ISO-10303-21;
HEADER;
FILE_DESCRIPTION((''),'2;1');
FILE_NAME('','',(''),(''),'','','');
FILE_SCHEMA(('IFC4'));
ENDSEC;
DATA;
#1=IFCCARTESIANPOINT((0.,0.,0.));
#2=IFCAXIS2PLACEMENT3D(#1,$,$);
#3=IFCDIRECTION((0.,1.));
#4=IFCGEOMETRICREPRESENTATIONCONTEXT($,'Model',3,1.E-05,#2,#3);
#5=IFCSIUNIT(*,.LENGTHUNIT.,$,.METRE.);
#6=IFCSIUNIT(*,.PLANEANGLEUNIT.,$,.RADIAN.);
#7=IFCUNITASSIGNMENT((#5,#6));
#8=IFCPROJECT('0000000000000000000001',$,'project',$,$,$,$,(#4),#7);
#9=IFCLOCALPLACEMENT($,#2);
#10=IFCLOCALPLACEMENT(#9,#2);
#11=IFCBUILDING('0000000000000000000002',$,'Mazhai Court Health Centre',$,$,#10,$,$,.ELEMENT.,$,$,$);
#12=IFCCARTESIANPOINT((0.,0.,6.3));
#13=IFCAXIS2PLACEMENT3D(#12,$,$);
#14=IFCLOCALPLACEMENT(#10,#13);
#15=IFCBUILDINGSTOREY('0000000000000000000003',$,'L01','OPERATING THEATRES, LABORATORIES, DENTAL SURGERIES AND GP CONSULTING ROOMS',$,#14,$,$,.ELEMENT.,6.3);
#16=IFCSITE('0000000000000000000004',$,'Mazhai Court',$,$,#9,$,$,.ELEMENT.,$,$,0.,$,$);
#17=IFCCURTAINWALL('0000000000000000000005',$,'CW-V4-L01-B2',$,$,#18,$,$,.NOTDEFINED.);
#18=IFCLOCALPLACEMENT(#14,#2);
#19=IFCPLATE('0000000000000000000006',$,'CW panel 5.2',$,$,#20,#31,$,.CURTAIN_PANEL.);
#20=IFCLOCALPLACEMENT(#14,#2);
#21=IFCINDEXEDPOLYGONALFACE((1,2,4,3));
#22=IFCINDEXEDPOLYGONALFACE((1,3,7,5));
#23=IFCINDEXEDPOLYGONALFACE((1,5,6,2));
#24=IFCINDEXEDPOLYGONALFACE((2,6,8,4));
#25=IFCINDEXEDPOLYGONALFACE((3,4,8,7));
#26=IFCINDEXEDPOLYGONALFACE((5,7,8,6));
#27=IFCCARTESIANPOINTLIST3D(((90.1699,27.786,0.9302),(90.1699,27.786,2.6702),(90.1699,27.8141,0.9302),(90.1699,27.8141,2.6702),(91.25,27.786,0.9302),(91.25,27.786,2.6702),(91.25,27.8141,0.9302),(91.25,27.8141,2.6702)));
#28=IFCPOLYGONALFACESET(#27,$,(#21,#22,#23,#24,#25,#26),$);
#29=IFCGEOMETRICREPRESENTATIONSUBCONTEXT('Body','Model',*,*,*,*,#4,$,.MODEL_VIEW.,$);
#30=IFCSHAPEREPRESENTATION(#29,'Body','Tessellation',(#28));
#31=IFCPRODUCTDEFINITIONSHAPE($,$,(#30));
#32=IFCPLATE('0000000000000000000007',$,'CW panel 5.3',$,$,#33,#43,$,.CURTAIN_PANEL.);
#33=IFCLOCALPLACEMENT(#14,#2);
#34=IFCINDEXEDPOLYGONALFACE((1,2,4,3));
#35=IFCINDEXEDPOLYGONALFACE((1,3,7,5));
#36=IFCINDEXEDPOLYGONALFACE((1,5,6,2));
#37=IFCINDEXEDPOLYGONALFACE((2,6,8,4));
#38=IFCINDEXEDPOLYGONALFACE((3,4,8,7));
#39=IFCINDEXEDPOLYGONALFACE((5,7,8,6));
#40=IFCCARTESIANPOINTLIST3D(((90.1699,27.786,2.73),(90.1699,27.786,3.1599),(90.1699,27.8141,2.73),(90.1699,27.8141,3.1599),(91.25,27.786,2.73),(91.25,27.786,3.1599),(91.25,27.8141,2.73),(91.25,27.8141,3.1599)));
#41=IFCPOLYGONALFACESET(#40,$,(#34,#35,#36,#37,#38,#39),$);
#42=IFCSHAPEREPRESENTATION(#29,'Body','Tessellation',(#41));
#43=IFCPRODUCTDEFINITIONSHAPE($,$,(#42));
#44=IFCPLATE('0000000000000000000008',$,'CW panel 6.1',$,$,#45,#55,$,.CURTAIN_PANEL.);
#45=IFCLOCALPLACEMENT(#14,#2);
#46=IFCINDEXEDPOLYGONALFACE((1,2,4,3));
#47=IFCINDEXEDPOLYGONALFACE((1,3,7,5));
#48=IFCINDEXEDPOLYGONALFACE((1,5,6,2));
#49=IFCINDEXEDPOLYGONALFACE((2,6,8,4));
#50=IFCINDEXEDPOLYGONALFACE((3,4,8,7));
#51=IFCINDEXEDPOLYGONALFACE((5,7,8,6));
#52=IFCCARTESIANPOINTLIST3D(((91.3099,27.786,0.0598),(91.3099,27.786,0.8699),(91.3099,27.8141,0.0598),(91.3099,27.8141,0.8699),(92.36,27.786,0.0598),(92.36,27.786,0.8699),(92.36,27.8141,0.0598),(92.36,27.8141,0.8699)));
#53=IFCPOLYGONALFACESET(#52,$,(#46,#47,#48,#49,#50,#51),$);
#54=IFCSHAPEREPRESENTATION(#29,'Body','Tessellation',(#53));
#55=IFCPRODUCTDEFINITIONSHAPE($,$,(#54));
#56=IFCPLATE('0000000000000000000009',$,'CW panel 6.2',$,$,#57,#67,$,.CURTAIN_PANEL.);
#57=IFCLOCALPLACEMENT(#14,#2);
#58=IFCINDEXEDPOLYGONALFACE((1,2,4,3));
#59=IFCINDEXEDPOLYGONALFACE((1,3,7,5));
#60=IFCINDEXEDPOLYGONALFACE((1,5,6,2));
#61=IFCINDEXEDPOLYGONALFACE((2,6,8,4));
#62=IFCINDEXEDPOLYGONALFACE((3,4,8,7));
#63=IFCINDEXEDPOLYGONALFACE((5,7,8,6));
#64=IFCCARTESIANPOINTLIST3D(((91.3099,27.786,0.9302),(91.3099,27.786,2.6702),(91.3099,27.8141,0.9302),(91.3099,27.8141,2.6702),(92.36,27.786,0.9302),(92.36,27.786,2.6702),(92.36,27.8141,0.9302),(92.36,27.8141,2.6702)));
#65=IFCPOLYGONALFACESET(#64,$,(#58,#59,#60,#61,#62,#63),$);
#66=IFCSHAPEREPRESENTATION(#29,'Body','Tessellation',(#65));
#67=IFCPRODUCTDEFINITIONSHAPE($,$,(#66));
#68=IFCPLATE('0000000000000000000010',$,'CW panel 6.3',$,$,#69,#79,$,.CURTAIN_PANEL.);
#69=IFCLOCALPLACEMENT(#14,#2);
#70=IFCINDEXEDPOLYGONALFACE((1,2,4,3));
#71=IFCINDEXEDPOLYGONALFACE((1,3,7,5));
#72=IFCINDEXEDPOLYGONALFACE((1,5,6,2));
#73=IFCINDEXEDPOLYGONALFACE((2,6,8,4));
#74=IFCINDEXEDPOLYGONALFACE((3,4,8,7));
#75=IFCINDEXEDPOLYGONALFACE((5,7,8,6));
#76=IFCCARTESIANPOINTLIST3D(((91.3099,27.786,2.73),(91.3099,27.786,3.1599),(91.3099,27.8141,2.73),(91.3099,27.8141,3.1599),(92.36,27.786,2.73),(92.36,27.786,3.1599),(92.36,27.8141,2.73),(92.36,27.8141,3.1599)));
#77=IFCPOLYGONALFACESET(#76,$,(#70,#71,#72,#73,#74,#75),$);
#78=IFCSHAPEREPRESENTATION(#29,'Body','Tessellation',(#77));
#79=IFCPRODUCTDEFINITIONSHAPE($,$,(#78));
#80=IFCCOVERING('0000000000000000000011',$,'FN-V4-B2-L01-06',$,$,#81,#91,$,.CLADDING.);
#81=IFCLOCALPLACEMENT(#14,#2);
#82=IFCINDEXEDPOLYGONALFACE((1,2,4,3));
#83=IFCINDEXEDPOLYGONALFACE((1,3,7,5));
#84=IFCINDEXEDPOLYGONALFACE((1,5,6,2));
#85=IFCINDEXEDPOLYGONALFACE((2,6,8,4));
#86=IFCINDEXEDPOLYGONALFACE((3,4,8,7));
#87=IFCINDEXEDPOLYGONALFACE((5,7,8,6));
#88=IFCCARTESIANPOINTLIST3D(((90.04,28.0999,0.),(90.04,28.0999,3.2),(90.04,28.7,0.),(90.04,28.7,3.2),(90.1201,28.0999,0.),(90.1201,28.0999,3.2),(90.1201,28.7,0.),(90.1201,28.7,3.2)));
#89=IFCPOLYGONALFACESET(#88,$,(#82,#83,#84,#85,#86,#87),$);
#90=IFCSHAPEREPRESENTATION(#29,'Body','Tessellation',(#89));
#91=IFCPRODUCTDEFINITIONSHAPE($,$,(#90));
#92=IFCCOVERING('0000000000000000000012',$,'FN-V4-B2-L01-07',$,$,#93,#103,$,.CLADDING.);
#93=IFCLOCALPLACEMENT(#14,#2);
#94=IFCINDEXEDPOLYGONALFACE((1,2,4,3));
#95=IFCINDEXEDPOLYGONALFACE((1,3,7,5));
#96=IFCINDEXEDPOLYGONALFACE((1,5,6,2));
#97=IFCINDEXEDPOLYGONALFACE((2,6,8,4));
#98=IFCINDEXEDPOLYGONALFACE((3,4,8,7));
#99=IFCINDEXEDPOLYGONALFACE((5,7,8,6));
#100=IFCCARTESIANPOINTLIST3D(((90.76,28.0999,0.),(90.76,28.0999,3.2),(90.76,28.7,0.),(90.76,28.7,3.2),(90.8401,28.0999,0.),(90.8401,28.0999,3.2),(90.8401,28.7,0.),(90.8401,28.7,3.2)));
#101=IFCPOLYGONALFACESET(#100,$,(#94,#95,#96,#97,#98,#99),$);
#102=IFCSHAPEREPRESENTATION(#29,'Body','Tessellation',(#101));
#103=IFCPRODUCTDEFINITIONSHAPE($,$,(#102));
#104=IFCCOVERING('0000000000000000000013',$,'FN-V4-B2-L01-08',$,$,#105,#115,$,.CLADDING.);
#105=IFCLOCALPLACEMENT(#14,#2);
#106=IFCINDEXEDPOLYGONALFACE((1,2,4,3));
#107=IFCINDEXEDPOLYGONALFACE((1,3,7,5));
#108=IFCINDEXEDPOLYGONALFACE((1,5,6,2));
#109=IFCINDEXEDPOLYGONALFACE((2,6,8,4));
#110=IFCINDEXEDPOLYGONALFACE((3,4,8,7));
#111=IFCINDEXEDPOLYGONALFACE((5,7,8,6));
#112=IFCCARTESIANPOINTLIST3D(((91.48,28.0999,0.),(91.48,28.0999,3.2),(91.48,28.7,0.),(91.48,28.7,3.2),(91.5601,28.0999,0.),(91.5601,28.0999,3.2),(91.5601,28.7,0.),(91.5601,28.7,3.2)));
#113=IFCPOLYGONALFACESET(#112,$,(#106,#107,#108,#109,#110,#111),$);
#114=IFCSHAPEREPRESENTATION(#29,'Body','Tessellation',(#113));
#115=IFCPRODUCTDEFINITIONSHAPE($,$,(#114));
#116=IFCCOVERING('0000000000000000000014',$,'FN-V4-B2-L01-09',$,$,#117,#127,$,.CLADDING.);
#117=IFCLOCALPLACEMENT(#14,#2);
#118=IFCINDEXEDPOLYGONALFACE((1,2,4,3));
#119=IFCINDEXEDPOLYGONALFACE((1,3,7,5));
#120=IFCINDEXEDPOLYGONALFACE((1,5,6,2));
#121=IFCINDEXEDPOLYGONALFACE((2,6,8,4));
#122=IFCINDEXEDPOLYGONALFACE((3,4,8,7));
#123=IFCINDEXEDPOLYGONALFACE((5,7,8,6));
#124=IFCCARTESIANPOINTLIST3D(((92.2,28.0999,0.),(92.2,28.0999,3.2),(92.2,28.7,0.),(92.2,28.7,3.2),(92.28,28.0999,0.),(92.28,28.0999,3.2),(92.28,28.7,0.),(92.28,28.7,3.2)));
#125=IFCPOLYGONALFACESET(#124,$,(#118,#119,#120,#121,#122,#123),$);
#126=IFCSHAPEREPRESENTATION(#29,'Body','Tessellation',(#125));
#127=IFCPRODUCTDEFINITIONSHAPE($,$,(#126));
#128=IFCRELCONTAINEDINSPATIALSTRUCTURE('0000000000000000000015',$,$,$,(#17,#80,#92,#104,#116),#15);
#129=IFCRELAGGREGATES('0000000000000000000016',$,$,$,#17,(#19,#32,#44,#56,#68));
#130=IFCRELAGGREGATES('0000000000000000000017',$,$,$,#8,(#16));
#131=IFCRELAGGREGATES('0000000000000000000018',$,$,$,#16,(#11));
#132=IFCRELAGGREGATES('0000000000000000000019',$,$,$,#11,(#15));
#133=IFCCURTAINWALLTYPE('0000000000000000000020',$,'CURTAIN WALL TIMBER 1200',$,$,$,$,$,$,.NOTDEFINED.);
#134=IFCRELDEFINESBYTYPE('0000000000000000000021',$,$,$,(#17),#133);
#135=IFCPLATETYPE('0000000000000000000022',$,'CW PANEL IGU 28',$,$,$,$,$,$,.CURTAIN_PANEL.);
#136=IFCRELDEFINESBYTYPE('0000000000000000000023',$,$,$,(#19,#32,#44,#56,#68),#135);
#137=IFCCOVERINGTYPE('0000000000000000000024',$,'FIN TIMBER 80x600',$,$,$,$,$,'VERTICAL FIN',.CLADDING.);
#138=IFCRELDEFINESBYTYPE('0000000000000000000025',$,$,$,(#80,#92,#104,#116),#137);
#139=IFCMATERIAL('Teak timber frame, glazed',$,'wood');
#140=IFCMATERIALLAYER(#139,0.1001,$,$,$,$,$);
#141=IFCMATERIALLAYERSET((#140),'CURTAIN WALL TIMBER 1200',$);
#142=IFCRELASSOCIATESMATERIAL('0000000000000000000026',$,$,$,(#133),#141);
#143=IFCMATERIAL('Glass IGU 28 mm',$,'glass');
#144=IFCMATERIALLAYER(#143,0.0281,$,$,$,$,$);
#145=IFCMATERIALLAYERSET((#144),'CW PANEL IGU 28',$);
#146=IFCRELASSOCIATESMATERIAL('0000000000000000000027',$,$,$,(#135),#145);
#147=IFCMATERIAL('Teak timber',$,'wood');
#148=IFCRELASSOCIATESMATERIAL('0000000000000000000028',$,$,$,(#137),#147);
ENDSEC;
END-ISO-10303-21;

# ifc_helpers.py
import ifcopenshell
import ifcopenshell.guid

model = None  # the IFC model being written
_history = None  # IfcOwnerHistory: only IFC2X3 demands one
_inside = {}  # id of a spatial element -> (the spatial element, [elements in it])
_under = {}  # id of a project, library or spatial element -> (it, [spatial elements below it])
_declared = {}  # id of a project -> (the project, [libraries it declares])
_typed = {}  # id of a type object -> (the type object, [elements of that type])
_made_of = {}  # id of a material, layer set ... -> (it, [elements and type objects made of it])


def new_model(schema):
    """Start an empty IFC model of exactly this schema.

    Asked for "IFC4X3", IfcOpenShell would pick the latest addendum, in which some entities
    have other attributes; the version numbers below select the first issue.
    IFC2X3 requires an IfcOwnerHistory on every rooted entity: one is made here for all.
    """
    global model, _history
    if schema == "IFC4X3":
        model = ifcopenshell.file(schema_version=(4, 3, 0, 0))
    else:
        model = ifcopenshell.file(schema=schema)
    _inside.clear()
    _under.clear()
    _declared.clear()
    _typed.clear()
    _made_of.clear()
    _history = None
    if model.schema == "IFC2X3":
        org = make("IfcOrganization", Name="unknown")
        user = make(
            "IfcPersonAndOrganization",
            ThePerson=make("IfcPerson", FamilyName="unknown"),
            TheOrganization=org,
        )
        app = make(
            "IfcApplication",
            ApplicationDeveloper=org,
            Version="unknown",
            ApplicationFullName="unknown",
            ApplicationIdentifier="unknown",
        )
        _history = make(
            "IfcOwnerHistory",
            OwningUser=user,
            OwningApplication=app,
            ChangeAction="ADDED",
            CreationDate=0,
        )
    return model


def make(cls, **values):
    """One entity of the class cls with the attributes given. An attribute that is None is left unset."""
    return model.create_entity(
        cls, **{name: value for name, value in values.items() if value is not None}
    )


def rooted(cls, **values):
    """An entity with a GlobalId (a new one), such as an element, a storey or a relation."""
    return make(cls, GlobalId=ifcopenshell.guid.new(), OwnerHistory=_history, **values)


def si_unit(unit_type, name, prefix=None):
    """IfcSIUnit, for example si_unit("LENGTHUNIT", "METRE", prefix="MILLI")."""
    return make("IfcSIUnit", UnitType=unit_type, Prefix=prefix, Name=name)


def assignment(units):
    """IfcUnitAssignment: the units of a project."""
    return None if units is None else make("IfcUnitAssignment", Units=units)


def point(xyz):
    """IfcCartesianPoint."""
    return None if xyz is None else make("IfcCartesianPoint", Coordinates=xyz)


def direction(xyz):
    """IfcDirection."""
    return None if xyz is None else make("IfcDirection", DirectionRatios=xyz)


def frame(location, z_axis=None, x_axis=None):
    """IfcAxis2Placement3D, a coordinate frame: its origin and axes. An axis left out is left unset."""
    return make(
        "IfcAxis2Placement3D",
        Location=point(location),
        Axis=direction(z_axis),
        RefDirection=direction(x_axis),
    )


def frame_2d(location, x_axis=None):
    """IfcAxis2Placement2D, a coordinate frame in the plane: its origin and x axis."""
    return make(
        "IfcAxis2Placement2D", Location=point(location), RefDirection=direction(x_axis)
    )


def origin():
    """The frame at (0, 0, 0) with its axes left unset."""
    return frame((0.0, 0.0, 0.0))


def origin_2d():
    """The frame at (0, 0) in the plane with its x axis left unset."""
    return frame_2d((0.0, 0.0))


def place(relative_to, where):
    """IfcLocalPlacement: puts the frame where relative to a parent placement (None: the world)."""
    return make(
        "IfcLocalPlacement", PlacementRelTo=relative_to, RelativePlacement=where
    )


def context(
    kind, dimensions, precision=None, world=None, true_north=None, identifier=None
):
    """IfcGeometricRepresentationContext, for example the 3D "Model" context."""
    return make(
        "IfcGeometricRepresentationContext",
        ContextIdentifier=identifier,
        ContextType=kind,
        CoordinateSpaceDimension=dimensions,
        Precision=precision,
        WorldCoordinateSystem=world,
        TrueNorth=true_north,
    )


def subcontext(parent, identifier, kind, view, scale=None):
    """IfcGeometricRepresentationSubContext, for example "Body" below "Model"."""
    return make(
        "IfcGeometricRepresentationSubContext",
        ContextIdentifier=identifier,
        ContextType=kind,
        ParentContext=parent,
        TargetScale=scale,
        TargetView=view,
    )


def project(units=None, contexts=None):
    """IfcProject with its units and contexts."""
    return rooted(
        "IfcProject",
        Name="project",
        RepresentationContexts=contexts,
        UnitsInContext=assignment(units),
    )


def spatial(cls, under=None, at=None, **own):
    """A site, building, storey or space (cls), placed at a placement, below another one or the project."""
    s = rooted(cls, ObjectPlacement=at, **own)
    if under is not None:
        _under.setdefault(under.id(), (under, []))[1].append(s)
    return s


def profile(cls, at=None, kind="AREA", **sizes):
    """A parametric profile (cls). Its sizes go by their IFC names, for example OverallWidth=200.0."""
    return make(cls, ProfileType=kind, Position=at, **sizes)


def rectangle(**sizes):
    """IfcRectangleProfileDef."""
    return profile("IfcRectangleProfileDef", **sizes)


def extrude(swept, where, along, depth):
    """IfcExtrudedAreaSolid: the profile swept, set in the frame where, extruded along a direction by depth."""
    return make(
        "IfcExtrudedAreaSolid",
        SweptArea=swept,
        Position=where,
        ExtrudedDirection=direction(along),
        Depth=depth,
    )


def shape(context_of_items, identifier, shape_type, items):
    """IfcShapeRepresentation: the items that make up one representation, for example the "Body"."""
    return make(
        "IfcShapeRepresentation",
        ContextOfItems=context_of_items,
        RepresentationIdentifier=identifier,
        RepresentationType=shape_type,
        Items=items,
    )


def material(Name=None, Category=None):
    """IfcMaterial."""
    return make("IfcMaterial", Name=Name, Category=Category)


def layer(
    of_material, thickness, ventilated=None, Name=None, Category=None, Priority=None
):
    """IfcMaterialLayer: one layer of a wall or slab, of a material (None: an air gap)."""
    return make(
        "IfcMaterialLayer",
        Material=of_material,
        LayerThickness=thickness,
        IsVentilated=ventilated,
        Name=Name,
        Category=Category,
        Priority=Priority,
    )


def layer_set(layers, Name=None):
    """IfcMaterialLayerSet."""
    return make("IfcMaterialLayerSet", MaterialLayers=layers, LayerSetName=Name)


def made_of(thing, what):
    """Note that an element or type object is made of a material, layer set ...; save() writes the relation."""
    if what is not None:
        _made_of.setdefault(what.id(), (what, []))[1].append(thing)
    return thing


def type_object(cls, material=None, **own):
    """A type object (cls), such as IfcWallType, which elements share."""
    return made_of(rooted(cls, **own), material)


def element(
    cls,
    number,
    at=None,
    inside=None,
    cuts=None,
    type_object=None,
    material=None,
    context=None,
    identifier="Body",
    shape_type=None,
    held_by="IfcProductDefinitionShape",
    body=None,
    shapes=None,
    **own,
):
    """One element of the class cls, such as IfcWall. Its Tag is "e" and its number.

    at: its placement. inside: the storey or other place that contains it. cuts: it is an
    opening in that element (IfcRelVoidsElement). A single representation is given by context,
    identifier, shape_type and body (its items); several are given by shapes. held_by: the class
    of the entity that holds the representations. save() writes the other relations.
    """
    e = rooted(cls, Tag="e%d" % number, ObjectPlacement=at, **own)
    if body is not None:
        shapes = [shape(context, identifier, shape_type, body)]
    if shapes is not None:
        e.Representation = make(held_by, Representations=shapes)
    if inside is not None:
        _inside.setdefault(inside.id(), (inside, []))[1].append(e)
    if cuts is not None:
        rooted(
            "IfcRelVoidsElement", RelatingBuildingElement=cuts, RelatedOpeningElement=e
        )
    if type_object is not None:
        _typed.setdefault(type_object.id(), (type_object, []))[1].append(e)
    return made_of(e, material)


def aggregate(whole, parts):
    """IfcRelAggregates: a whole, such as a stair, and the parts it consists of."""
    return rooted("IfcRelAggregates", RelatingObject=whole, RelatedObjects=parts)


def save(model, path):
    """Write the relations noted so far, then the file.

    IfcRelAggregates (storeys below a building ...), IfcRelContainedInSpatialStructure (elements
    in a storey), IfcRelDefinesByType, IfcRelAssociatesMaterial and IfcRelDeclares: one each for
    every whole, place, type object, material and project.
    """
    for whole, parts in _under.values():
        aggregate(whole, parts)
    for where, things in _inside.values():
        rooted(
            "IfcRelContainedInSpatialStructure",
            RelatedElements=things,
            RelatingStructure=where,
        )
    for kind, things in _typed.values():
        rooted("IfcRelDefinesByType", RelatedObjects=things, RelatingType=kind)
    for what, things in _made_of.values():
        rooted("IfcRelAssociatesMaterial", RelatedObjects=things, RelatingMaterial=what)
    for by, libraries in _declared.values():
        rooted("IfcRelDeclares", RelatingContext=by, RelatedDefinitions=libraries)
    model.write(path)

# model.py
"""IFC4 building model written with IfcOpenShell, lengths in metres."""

from ifc_helpers import new_model, si_unit, direction, frame, origin, origin_2d, place, context, subcontext, project, spatial, rectangle, extrude, material, layer, layer_set, type_object, element, aggregate, save


model = new_model("IFC4")

# Units and contexts
model_context = context("Model", 3, precision=1e-05, world=origin(), true_north=direction((0.0, 1.0)))
body_context = subcontext(model_context, "Body", "Model", "MODEL_VIEW")
ifc_project = project(units=[si_unit("LENGTHUNIT", "METRE"), si_unit("PLANEANGLEUNIT", "RADIAN")], contexts=[model_context])

# Site, building, storey
site_placement = place(None, origin())
site = spatial("IfcSite", under=ifc_project, at=site_placement, Name="Mazhai Court", CompositionType="ELEMENT", RefElevation=0.0)
building_placement = place(site_placement, origin())
building = spatial("IfcBuilding", under=site, at=building_placement, Name="Mazhai Court Health Centre", CompositionType="ELEMENT")
storey_placement = place(building_placement, frame((0.0, 0.0, 6.3)))
storey = spatial("IfcBuildingStorey", under=building, at=storey_placement, Name="L01", Description="OPERATING THEATRES, LABORATORIES, DENTAL SURGERIES AND GP CONSULTING ROOMS", CompositionType="ELEMENT", Elevation=6.3)

# Curtain wall, plates
ifc_material_1 = material(Name="Teak timber frame, glazed", Category="wood")
ifc_layer_1 = layer(ifc_material_1, 0.1001)
ifc_layer_set_1 = layer_set([ifc_layer_1], Name="CURTAIN WALL TIMBER 1200")
curtain_wall_type = type_object("IfcCurtainWallType", Name="CURTAIN WALL TIMBER 1200", PredefinedType="NOTDEFINED", material=ifc_layer_set_1)
curtain_wall_placement = place(storey_placement, origin())
curtain_wall = element("IfcCurtainWall", 1, at=curtain_wall_placement, inside=storey, type_object=curtain_wall_type, Name="CW-V4-L01-B2", PredefinedType="NOTDEFINED")
ifc_material_2 = material(Name="Glass IGU 28 mm", Category="glass")
ifc_layer_2 = layer(ifc_material_2, 0.0281)
ifc_layer_set_2 = layer_set([ifc_layer_2], Name="CW PANEL IGU 28")
plate_type = type_object("IfcPlateType", Name="CW PANEL IGU 28", PredefinedType="CURTAIN_PANEL", material=ifc_layer_set_2)
plate_1_placement = place(storey_placement, frame((90.71, 27.8, 0.9302), z_axis=(0.0, 0.0, 1.0), x_axis=(1.0, 0.0, 0.0)))
plate_1 = element("IfcPlate", 2, at=plate_1_placement, type_object=plate_type, Name="CW panel 5.2", PredefinedType="CURTAIN_PANEL", context=body_context, shape_type="SweptSolid", body=[
    extrude(rectangle(XDim=1.0801, YDim=0.0281, at=origin_2d()), origin(), (0.0, 0.0, 1.0), 1.74),
])
plate_2_placement = place(storey_placement, frame((90.71, 27.8, 2.73), z_axis=(0.0, 0.0, 1.0), x_axis=(1.0, 0.0, 0.0)))
plate_2 = element("IfcPlate", 3, at=plate_2_placement, type_object=plate_type, Name="CW panel 5.3", PredefinedType="CURTAIN_PANEL", context=body_context, shape_type="SweptSolid", body=[
    extrude(rectangle(XDim=1.0801, YDim=0.0281, at=origin_2d()), origin(), (0.0, 0.0, 1.0), 0.4299),
])
plate_3_placement = place(storey_placement, frame((91.835, 27.8, 0.0598), z_axis=(0.0, 0.0, 1.0), x_axis=(1.0, 0.0, 0.0)))
plate_3 = element("IfcPlate", 4, at=plate_3_placement, type_object=plate_type, Name="CW panel 6.1", PredefinedType="CURTAIN_PANEL", context=body_context, shape_type="SweptSolid", body=[
    extrude(rectangle(XDim=1.05, YDim=0.0281, at=origin_2d()), origin(), (0.0, 0.0, 1.0), 0.8101),
])
plate_4_placement = place(storey_placement, frame((91.835, 27.8, 0.9302), z_axis=(0.0, 0.0, 1.0), x_axis=(1.0, 0.0, 0.0)))
plate_4 = element("IfcPlate", 5, at=plate_4_placement, type_object=plate_type, Name="CW panel 6.2", PredefinedType="CURTAIN_PANEL", context=body_context, shape_type="SweptSolid", body=[
    extrude(rectangle(XDim=1.05, YDim=0.0281, at=origin_2d()), origin(), (0.0, 0.0, 1.0), 1.74),
])
plate_5_placement = place(storey_placement, frame((91.835, 27.8, 2.73), z_axis=(0.0, 0.0, 1.0), x_axis=(1.0, 0.0, 0.0)))
plate_5 = element("IfcPlate", 6, at=plate_5_placement, type_object=plate_type, Name="CW panel 6.3", PredefinedType="CURTAIN_PANEL", context=body_context, shape_type="SweptSolid", body=[
    extrude(rectangle(XDim=1.05, YDim=0.0281, at=origin_2d()), origin(), (0.0, 0.0, 1.0), 0.4299),
])
aggregate(curtain_wall, [plate_1, plate_2, plate_3, plate_4, plate_5])

# Coverings
ifc_material_3 = material(Name="Teak timber", Category="wood")
covering_type = type_object("IfcCoveringType", Name="FIN TIMBER 80x600", ElementType="VERTICAL FIN", PredefinedType="CLADDING", material=ifc_material_3)
for number, where, z_axis, x_axis, name in (
    (7, (90.0801, 28.3999, 0.0), (0.0, 0.0, 1.0), (1.0, 0.0, 0.0), "FN-V4-B2-L01-06"),
    (8, (90.8, 28.3999, 0.0), (0.0, 0.0, 1.0), (1.0, 0.0, 0.0), "FN-V4-B2-L01-07"),
    (9, (91.52, 28.3999, 0.0), (0.0, 0.0, 1.0), (1.0, 0.0, 0.0), "FN-V4-B2-L01-08"),
    (10, (92.24, 28.3999, 0.0), (0.0, 0.0, 1.0), (1.0, 0.0, 0.0), "FN-V4-B2-L01-09"),
):
    element("IfcCovering", number, at=place(storey_placement, frame(where, z_axis=z_axis, x_axis=x_axis)), inside=storey, type_object=covering_type, Name=name, PredefinedType="CLADDING", context=body_context, shape_type="SweptSolid", body=[
        extrude(rectangle(XDim=0.0801, YDim=0.6001, at=origin_2d()), origin(), (0.0, 0.0, 1.0), 3.2),
    ])

save(model, "model.ifc")
